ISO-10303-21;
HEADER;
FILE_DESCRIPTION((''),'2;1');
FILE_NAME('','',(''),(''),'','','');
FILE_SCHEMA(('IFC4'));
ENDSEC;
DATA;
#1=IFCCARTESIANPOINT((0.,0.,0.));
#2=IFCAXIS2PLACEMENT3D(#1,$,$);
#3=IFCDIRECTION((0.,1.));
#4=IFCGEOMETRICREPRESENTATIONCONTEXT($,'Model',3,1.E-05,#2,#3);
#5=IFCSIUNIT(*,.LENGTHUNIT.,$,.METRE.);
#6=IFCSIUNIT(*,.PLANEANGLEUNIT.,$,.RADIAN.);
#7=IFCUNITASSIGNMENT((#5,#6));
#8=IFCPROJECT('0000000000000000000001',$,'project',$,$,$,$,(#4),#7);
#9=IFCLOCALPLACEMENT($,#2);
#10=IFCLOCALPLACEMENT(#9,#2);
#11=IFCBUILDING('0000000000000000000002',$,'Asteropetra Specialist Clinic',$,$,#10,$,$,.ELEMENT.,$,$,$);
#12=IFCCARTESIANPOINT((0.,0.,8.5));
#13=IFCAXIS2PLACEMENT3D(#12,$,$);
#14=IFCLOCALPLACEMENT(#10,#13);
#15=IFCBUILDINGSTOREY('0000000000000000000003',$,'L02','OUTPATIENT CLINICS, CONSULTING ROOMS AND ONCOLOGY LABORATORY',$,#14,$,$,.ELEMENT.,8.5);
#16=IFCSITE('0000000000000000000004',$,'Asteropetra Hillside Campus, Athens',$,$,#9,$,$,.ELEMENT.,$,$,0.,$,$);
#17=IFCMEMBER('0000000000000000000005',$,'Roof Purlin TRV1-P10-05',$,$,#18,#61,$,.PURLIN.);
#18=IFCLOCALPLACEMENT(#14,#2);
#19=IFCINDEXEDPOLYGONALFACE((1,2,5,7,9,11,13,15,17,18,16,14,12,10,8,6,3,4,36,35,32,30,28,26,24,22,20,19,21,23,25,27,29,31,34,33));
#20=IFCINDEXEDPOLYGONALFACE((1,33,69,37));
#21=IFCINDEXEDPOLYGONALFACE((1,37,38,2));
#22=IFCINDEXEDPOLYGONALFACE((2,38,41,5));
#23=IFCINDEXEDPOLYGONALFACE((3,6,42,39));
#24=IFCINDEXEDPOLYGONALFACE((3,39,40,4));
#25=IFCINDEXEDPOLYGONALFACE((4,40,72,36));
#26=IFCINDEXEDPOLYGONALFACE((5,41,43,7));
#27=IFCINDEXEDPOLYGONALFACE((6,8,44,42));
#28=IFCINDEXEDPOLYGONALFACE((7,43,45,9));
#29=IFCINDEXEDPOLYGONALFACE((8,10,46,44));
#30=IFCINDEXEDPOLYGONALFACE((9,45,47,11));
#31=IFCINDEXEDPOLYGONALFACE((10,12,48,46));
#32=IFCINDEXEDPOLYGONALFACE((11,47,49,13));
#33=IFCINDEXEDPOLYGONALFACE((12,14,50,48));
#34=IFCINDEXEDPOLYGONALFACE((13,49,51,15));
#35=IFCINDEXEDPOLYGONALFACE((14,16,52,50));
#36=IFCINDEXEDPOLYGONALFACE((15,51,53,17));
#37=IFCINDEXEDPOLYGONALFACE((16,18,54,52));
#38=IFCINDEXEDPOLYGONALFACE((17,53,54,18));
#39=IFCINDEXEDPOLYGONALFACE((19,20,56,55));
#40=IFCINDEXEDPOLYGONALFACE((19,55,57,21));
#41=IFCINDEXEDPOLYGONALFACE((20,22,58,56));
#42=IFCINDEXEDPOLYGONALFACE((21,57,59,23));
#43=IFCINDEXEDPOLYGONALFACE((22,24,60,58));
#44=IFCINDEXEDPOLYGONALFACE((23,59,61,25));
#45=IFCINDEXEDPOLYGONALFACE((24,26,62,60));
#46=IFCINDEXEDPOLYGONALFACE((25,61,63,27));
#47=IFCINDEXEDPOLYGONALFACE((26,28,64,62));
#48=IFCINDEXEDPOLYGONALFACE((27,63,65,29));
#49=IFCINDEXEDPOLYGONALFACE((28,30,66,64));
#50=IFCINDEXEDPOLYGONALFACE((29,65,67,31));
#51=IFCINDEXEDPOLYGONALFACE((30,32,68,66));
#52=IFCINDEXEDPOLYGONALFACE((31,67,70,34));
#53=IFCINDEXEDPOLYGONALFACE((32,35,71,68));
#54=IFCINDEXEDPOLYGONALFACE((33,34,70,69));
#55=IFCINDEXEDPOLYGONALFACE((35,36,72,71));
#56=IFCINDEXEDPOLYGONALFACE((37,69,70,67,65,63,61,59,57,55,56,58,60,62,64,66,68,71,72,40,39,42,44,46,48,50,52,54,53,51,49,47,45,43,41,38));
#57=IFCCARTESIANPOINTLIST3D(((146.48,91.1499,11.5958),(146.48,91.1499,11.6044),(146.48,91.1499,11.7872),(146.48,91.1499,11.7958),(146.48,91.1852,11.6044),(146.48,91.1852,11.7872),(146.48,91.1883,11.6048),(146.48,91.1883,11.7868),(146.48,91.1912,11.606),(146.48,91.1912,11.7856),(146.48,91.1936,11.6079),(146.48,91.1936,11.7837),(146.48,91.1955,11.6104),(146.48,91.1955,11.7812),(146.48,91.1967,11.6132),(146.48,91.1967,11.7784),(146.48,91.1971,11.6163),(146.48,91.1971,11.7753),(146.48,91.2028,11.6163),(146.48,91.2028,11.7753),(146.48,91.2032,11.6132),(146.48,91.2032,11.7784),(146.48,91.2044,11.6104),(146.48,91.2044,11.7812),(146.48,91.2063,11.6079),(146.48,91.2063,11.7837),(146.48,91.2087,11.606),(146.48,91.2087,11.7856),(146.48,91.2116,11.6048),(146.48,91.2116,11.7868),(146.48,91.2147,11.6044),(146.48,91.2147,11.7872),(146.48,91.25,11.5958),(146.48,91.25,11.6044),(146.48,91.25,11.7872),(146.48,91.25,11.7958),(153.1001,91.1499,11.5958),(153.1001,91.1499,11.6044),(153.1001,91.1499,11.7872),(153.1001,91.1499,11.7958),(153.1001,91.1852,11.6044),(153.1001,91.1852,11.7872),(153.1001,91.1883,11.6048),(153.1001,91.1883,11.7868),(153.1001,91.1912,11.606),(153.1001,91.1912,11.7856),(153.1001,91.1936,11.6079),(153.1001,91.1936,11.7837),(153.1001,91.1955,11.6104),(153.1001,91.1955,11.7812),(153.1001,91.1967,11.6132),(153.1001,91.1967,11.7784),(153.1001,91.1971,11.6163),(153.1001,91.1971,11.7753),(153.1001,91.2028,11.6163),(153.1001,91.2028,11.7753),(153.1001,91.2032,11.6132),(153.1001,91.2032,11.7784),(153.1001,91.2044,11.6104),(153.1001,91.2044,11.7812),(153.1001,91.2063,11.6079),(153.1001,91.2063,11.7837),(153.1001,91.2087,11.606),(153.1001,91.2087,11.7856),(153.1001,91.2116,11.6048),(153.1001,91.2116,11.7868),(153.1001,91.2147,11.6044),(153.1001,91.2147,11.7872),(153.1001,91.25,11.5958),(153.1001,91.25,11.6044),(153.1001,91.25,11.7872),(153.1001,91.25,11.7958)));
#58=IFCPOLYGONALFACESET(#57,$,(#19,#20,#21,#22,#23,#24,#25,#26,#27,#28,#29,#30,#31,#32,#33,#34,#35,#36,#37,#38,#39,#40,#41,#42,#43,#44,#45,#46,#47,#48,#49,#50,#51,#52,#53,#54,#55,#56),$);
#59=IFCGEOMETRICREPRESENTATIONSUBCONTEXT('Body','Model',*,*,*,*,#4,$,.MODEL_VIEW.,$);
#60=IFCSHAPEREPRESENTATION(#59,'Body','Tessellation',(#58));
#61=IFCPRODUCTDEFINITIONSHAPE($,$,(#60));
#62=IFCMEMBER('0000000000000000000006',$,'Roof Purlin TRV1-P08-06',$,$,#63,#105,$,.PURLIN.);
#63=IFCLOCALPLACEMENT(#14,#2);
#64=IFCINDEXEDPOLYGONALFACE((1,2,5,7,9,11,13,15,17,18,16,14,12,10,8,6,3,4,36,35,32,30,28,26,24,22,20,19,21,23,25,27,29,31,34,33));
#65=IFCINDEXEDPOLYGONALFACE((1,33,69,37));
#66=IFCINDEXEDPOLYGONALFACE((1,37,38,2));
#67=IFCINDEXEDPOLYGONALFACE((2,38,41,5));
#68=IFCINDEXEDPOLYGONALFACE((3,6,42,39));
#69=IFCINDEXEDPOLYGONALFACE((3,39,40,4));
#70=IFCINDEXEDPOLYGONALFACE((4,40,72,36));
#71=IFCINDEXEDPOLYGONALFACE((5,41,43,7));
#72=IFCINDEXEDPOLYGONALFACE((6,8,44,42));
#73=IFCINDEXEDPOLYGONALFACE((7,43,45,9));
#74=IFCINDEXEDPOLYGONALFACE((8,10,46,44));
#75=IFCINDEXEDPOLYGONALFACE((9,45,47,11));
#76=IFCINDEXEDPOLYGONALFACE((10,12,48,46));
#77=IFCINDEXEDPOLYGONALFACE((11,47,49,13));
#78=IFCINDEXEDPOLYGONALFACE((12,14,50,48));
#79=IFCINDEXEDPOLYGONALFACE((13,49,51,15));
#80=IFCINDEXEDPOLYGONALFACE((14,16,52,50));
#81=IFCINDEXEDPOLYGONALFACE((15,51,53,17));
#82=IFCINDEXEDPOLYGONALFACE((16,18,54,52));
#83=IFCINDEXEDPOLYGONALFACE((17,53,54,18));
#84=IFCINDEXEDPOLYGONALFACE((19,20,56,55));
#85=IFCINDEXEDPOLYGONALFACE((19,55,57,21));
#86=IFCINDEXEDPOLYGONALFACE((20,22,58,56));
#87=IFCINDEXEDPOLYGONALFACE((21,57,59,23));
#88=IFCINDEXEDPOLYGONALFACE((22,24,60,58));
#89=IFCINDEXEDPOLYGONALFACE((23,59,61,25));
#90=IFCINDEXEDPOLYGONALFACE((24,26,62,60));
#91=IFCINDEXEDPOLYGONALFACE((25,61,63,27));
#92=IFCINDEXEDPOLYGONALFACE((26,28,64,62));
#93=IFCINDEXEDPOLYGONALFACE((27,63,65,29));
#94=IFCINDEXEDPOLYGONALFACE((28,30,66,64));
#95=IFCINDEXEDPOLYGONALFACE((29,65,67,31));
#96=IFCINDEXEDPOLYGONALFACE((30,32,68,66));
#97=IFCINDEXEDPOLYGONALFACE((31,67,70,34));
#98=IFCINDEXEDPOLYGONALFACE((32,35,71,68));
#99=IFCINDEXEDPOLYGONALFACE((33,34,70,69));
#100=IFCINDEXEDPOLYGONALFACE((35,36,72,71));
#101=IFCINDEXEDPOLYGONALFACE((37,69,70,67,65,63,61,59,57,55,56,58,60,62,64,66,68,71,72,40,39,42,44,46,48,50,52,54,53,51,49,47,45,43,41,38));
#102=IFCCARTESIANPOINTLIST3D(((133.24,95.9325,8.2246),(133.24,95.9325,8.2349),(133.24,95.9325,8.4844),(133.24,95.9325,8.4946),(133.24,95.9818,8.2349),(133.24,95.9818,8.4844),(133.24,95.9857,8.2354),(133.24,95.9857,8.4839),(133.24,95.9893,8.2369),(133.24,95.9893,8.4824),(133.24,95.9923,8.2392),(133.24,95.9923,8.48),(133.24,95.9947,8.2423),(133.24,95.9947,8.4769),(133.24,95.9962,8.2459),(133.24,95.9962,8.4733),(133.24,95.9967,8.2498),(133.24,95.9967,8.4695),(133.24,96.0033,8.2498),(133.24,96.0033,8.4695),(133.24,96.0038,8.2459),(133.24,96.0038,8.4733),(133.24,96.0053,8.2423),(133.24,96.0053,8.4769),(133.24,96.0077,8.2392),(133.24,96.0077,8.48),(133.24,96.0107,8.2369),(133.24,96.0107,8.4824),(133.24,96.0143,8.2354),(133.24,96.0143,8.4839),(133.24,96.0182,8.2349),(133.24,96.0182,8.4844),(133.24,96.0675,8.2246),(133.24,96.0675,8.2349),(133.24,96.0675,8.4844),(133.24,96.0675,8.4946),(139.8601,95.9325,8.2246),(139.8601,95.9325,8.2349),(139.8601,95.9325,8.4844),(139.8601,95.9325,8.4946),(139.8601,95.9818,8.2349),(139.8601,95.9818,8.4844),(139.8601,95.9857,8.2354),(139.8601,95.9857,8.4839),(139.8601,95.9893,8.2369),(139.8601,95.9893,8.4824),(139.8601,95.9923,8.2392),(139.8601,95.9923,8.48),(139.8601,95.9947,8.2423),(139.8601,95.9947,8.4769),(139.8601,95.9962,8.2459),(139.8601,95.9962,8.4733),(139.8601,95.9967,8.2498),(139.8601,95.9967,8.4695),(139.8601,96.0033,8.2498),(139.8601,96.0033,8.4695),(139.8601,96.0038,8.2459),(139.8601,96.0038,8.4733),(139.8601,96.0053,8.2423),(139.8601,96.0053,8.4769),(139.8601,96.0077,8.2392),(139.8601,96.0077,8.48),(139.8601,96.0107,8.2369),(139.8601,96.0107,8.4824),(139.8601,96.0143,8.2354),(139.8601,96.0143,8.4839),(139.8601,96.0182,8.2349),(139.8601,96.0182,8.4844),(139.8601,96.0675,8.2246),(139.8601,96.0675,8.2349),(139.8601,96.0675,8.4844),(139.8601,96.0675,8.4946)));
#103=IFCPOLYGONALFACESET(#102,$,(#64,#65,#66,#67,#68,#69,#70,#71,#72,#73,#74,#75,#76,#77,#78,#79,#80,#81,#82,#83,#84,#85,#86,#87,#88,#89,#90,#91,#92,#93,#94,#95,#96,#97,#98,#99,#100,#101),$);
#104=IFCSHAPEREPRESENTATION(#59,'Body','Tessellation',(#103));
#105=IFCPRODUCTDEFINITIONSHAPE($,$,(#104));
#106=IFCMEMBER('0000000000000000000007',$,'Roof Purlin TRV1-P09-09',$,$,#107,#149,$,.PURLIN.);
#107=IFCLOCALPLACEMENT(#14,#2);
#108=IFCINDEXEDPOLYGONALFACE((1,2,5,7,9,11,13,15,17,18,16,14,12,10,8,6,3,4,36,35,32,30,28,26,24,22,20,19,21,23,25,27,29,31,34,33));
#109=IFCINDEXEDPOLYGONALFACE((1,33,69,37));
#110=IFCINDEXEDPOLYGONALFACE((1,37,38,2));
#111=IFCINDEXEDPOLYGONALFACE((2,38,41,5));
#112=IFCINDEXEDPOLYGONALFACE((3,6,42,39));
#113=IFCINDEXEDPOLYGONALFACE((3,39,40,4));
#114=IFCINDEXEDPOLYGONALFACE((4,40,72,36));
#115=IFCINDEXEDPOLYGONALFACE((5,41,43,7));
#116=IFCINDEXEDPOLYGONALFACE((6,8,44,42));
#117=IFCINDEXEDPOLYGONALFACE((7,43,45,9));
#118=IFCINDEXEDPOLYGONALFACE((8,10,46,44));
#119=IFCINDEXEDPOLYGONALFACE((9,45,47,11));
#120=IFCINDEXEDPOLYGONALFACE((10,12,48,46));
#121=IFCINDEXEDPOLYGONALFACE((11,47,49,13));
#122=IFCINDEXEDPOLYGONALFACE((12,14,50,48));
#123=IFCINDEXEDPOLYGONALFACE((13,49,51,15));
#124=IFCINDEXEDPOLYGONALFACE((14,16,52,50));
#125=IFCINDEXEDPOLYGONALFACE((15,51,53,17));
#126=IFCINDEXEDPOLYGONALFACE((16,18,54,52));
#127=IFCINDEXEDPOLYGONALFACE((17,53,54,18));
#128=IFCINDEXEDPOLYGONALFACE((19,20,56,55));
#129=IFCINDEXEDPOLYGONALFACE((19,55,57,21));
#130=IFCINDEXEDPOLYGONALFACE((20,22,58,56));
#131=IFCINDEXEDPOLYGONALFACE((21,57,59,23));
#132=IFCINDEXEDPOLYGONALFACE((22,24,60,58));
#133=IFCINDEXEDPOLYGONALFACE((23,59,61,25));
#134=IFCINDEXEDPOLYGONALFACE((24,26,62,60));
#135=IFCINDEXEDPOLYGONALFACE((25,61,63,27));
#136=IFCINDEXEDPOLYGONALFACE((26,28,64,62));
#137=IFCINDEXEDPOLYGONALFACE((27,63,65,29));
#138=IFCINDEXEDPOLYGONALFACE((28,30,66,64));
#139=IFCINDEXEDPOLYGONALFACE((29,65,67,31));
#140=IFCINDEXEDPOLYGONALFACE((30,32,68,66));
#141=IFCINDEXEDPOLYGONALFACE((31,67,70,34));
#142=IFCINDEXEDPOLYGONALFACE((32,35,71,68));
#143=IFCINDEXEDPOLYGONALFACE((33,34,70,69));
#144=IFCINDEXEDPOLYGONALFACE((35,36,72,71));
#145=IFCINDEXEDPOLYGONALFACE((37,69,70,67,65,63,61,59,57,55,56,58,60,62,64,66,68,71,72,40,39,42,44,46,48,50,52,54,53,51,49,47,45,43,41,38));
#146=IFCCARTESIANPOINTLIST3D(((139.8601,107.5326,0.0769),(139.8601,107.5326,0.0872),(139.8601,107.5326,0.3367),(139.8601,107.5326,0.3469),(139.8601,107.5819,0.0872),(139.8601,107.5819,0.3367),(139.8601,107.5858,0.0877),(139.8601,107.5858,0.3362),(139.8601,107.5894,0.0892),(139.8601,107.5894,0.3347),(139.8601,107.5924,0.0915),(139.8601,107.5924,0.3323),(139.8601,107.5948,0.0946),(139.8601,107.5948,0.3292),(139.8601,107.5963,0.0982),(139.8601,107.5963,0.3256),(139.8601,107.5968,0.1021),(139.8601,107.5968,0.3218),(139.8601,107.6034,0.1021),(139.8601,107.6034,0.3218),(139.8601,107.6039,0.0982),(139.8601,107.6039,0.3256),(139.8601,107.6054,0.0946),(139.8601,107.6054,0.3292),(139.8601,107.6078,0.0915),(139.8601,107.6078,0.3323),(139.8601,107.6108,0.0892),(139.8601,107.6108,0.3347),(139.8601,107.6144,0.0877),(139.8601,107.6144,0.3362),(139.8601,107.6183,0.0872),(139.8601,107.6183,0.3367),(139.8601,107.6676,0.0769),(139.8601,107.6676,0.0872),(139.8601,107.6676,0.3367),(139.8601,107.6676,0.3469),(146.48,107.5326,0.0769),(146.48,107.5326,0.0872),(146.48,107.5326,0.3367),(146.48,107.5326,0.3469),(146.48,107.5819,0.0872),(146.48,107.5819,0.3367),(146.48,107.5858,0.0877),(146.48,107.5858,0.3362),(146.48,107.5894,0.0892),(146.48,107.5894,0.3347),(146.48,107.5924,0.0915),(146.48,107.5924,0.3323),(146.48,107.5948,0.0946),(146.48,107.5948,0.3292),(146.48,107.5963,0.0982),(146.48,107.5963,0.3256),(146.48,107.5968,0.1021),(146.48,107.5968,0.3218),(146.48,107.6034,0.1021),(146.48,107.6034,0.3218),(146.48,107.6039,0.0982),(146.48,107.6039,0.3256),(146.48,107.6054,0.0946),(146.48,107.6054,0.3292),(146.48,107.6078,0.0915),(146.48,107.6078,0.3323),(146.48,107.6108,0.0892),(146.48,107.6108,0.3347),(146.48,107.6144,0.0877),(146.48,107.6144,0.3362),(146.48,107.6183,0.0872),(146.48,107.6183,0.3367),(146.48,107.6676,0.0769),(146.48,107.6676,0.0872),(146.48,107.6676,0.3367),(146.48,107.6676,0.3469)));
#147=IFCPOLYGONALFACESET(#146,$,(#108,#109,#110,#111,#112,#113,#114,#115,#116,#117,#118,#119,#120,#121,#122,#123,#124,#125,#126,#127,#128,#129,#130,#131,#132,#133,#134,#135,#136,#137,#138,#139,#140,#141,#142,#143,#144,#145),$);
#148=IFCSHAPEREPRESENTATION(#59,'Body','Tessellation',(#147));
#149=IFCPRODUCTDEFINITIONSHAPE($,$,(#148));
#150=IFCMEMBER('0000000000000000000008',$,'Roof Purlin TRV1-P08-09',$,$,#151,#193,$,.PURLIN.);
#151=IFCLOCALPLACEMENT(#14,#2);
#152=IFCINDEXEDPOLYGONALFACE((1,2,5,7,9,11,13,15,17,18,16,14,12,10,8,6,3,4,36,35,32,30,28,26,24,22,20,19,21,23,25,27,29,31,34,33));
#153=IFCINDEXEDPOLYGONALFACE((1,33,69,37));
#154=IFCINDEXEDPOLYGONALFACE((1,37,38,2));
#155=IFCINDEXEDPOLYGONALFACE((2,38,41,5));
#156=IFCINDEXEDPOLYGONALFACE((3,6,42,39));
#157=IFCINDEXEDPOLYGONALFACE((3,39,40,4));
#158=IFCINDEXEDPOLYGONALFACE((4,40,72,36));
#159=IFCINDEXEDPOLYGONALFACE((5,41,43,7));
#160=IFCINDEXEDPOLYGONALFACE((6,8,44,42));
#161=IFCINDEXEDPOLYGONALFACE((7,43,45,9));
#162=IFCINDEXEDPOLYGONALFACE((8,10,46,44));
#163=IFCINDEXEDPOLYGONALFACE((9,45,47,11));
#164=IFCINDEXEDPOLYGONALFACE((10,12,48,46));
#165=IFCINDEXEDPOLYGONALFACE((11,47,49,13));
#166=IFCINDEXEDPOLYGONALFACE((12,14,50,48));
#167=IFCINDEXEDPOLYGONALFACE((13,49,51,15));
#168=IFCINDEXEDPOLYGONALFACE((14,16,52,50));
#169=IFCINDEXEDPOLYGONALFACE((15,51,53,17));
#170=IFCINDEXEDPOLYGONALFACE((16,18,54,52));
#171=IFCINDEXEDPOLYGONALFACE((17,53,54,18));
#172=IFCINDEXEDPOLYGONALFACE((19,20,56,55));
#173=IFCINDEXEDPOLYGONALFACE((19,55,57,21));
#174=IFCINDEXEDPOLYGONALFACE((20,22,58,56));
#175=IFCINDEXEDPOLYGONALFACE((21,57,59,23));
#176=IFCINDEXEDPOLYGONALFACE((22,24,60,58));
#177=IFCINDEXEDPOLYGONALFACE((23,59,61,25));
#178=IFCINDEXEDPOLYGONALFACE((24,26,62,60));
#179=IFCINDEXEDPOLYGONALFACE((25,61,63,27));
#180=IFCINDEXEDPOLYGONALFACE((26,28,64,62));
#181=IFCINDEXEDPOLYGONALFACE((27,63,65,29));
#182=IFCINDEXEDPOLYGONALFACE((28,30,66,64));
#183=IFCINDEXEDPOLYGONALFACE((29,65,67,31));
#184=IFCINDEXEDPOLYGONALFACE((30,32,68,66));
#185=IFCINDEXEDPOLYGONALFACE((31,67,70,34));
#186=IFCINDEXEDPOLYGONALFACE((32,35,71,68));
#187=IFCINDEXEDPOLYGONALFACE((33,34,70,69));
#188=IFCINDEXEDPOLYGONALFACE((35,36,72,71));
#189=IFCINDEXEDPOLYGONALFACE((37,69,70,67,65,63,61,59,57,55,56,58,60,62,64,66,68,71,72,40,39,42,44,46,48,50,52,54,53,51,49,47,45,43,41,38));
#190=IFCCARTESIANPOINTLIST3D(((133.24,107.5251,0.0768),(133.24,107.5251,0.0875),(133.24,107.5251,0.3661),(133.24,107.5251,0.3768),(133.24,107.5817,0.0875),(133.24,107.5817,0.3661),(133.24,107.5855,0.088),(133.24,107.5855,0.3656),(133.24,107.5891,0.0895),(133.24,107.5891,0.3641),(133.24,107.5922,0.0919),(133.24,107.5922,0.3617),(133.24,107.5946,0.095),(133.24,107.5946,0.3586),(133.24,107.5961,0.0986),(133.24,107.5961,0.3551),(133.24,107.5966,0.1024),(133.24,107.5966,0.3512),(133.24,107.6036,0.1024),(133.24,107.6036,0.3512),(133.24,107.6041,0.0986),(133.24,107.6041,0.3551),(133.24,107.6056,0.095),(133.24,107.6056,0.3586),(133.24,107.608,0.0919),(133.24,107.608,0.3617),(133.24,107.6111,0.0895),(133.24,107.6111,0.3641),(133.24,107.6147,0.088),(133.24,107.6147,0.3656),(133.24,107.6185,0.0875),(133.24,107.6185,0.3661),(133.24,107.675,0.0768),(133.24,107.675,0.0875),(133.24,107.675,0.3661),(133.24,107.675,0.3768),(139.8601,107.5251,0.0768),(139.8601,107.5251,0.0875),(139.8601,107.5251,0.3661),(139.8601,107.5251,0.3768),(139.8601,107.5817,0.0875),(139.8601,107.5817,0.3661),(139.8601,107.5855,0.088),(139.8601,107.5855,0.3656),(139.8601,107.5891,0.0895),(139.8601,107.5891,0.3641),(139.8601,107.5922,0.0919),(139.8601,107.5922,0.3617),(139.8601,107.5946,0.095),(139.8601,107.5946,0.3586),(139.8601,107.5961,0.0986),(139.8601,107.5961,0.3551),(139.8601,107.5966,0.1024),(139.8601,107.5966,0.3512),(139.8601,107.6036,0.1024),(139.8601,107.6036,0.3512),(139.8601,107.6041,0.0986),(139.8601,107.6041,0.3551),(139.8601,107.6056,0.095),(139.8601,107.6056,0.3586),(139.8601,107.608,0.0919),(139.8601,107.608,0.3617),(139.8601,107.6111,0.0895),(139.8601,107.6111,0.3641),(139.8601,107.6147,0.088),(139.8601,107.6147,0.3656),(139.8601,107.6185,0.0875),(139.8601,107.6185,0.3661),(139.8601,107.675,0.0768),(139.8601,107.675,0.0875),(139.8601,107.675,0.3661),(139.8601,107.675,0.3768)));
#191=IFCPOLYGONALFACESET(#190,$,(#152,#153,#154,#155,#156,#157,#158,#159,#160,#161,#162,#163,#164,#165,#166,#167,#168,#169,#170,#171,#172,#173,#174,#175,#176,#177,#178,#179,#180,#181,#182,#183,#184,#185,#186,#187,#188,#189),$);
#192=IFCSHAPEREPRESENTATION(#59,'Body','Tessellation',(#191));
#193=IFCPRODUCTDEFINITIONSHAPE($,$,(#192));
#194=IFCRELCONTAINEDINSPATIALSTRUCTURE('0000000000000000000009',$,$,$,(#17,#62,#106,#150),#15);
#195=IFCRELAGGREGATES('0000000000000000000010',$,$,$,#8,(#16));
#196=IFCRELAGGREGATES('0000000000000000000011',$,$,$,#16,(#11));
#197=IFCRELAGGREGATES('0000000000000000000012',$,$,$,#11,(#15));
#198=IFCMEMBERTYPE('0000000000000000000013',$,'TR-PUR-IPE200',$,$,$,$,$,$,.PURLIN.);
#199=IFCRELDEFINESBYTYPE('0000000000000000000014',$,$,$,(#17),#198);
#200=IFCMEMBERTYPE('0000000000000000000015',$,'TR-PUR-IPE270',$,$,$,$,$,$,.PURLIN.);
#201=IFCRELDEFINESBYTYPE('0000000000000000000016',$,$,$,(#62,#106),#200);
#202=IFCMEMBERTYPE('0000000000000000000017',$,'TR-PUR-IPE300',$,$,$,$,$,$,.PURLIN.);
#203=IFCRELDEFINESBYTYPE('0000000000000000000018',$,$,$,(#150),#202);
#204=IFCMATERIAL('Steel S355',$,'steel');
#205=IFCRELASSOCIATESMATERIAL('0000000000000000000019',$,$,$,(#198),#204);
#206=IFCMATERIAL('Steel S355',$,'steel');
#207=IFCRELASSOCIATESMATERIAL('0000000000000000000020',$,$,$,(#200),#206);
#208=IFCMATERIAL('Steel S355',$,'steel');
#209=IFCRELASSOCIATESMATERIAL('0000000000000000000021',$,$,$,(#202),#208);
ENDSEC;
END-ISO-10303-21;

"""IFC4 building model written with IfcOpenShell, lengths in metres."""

from ifc_helpers import new_model, si_unit, direction, frame, origin, origin_2d, place, context, subcontext, project, spatial, i_section, extrude, material, material_profile, profile_set, type_object, element, save


model = new_model("IFC4")

# Units and contexts
model_context = context("Model", 3, precision=1e-05, world=origin(), true_north=direction((0.0, 1.0)))
body_context = subcontext(model_context, "Body", "Model", "MODEL_VIEW")
ifc_project = project(units=[si_unit("LENGTHUNIT", "METRE"), si_unit("PLANEANGLEUNIT", "RADIAN")], contexts=[model_context])

# Site, building, storey
site_placement = place(None, origin())
site = spatial("IfcSite", under=ifc_project, at=site_placement, Name="Asteropetra Hillside Campus, Athens", CompositionType="ELEMENT", RefElevation=0.0)
building_placement = place(site_placement, origin())
building = spatial("IfcBuilding", under=site, at=building_placement, Name="Asteropetra Specialist Clinic", CompositionType="ELEMENT")
storey_placement = place(building_placement, frame((0.0, 0.0, 8.5)))
storey = spatial("IfcBuildingStorey", under=building, at=storey_placement, Name="L02", Description="OUTPATIENT CLINICS, CONSULTING ROOMS AND ONCOLOGY LABORATORY", CompositionType="ELEMENT", Elevation=8.5)

# Members
ifc_material_1 = material(Name="Steel S355", Category="steel")
ifc_material_profile_1 = material_profile(ifc_material_1, i_section(OverallWidth=0.1001, OverallDepth=0.2, WebThickness=0.0056, FlangeThickness=0.0085, FilletRadius=0.012, at=origin_2d()), Name="IPE 200")
ifc_profile_set_1 = profile_set([ifc_material_profile_1], Name="Steel S355")
member_type_1 = type_object("IfcMemberType", Name="TR-PUR-IPE200", PredefinedType="PURLIN", material=ifc_profile_set_1)
member_1_placement = place(storey_placement, frame((146.48, 91.2, 11.6958), z_axis=(1.0, 0.0, 0.0), x_axis=(0.0, 1.0, 0.0)))
element("IfcMember", 1, at=member_1_placement, inside=storey, type_object=member_type_1, Name="Roof Purlin TRV1-P10-05", PredefinedType="PURLIN", context=body_context, shape_type="SweptSolid", body=[
    extrude(i_section(OverallWidth=0.1001, OverallDepth=0.2, WebThickness=0.0056, FlangeThickness=0.0085, FilletRadius=0.012, at=origin_2d()), origin(), (0.0, 0.0, 1.0), 6.6201),
])
ifc_material_2 = material(Name="Steel S355", Category="steel")
ifc_material_profile_2 = material_profile(ifc_material_2, i_section(OverallWidth=0.135, OverallDepth=0.27, WebThickness=0.0066, FlangeThickness=0.0103, FilletRadius=0.0149, at=origin_2d()), Name="IPE 270")
ifc_profile_set_2 = profile_set([ifc_material_profile_2], Name="Steel S355")
member_type_2 = type_object("IfcMemberType", Name="TR-PUR-IPE270", PredefinedType="PURLIN", material=ifc_profile_set_2)
member_2_placement = place(storey_placement, frame((133.24, 96.0, 8.3596), z_axis=(1.0, 0.0, 0.0), x_axis=(0.0, 1.0, 0.0)))
element("IfcMember", 2, at=member_2_placement, inside=storey, type_object=member_type_2, Name="Roof Purlin TRV1-P08-06", PredefinedType="PURLIN", context=body_context, shape_type="SweptSolid", body=[
    extrude(i_section(OverallWidth=0.135, OverallDepth=0.27, WebThickness=0.0066, FlangeThickness=0.0103, FilletRadius=0.0149, at=origin_2d()), origin(), (0.0, 0.0, 1.0), 6.6201),
])
member_3_placement = place(storey_placement, frame((139.8601, 107.6001, 0.2119), z_axis=(1.0, 0.0, 0.0), x_axis=(0.0, 1.0, 0.0)))
element("IfcMember", 3, at=member_3_placement, inside=storey, type_object=member_type_2, Name="Roof Purlin TRV1-P09-09", PredefinedType="PURLIN", context=body_context, shape_type="SweptSolid", body=[
    extrude(i_section(OverallWidth=0.135, OverallDepth=0.27, WebThickness=0.0066, FlangeThickness=0.0103, FilletRadius=0.0149, at=origin_2d()), origin(), (0.0, 0.0, 1.0), 6.6199),
])
ifc_material_3 = material(Name="Steel S355", Category="steel")
ifc_material_profile_3 = material_profile(ifc_material_3, i_section(OverallWidth=0.1499, OverallDepth=0.3, WebThickness=0.0071, FlangeThickness=0.0107, FilletRadius=0.0149, at=origin_2d()), Name="IPE 300")
ifc_profile_set_3 = profile_set([ifc_material_profile_3], Name="Steel S355")
member_type_3 = type_object("IfcMemberType", Name="TR-PUR-IPE300", PredefinedType="PURLIN", material=ifc_profile_set_3)
member_4_placement = place(storey_placement, frame((133.24, 107.6001, 0.2268), z_axis=(1.0, 0.0, 0.0), x_axis=(0.0, 1.0, 0.0)))
element("IfcMember", 4, at=member_4_placement, inside=storey, type_object=member_type_3, Name="Roof Purlin TRV1-P08-09", PredefinedType="PURLIN", context=body_context, shape_type="SweptSolid", body=[
    extrude(i_section(OverallWidth=0.1499, OverallDepth=0.3, WebThickness=0.0071, FlangeThickness=0.0107, FilletRadius=0.0149, at=origin_2d()), origin(), (0.0, 0.0, 1.0), 6.6201),
])

save(model, "model.ifc")
